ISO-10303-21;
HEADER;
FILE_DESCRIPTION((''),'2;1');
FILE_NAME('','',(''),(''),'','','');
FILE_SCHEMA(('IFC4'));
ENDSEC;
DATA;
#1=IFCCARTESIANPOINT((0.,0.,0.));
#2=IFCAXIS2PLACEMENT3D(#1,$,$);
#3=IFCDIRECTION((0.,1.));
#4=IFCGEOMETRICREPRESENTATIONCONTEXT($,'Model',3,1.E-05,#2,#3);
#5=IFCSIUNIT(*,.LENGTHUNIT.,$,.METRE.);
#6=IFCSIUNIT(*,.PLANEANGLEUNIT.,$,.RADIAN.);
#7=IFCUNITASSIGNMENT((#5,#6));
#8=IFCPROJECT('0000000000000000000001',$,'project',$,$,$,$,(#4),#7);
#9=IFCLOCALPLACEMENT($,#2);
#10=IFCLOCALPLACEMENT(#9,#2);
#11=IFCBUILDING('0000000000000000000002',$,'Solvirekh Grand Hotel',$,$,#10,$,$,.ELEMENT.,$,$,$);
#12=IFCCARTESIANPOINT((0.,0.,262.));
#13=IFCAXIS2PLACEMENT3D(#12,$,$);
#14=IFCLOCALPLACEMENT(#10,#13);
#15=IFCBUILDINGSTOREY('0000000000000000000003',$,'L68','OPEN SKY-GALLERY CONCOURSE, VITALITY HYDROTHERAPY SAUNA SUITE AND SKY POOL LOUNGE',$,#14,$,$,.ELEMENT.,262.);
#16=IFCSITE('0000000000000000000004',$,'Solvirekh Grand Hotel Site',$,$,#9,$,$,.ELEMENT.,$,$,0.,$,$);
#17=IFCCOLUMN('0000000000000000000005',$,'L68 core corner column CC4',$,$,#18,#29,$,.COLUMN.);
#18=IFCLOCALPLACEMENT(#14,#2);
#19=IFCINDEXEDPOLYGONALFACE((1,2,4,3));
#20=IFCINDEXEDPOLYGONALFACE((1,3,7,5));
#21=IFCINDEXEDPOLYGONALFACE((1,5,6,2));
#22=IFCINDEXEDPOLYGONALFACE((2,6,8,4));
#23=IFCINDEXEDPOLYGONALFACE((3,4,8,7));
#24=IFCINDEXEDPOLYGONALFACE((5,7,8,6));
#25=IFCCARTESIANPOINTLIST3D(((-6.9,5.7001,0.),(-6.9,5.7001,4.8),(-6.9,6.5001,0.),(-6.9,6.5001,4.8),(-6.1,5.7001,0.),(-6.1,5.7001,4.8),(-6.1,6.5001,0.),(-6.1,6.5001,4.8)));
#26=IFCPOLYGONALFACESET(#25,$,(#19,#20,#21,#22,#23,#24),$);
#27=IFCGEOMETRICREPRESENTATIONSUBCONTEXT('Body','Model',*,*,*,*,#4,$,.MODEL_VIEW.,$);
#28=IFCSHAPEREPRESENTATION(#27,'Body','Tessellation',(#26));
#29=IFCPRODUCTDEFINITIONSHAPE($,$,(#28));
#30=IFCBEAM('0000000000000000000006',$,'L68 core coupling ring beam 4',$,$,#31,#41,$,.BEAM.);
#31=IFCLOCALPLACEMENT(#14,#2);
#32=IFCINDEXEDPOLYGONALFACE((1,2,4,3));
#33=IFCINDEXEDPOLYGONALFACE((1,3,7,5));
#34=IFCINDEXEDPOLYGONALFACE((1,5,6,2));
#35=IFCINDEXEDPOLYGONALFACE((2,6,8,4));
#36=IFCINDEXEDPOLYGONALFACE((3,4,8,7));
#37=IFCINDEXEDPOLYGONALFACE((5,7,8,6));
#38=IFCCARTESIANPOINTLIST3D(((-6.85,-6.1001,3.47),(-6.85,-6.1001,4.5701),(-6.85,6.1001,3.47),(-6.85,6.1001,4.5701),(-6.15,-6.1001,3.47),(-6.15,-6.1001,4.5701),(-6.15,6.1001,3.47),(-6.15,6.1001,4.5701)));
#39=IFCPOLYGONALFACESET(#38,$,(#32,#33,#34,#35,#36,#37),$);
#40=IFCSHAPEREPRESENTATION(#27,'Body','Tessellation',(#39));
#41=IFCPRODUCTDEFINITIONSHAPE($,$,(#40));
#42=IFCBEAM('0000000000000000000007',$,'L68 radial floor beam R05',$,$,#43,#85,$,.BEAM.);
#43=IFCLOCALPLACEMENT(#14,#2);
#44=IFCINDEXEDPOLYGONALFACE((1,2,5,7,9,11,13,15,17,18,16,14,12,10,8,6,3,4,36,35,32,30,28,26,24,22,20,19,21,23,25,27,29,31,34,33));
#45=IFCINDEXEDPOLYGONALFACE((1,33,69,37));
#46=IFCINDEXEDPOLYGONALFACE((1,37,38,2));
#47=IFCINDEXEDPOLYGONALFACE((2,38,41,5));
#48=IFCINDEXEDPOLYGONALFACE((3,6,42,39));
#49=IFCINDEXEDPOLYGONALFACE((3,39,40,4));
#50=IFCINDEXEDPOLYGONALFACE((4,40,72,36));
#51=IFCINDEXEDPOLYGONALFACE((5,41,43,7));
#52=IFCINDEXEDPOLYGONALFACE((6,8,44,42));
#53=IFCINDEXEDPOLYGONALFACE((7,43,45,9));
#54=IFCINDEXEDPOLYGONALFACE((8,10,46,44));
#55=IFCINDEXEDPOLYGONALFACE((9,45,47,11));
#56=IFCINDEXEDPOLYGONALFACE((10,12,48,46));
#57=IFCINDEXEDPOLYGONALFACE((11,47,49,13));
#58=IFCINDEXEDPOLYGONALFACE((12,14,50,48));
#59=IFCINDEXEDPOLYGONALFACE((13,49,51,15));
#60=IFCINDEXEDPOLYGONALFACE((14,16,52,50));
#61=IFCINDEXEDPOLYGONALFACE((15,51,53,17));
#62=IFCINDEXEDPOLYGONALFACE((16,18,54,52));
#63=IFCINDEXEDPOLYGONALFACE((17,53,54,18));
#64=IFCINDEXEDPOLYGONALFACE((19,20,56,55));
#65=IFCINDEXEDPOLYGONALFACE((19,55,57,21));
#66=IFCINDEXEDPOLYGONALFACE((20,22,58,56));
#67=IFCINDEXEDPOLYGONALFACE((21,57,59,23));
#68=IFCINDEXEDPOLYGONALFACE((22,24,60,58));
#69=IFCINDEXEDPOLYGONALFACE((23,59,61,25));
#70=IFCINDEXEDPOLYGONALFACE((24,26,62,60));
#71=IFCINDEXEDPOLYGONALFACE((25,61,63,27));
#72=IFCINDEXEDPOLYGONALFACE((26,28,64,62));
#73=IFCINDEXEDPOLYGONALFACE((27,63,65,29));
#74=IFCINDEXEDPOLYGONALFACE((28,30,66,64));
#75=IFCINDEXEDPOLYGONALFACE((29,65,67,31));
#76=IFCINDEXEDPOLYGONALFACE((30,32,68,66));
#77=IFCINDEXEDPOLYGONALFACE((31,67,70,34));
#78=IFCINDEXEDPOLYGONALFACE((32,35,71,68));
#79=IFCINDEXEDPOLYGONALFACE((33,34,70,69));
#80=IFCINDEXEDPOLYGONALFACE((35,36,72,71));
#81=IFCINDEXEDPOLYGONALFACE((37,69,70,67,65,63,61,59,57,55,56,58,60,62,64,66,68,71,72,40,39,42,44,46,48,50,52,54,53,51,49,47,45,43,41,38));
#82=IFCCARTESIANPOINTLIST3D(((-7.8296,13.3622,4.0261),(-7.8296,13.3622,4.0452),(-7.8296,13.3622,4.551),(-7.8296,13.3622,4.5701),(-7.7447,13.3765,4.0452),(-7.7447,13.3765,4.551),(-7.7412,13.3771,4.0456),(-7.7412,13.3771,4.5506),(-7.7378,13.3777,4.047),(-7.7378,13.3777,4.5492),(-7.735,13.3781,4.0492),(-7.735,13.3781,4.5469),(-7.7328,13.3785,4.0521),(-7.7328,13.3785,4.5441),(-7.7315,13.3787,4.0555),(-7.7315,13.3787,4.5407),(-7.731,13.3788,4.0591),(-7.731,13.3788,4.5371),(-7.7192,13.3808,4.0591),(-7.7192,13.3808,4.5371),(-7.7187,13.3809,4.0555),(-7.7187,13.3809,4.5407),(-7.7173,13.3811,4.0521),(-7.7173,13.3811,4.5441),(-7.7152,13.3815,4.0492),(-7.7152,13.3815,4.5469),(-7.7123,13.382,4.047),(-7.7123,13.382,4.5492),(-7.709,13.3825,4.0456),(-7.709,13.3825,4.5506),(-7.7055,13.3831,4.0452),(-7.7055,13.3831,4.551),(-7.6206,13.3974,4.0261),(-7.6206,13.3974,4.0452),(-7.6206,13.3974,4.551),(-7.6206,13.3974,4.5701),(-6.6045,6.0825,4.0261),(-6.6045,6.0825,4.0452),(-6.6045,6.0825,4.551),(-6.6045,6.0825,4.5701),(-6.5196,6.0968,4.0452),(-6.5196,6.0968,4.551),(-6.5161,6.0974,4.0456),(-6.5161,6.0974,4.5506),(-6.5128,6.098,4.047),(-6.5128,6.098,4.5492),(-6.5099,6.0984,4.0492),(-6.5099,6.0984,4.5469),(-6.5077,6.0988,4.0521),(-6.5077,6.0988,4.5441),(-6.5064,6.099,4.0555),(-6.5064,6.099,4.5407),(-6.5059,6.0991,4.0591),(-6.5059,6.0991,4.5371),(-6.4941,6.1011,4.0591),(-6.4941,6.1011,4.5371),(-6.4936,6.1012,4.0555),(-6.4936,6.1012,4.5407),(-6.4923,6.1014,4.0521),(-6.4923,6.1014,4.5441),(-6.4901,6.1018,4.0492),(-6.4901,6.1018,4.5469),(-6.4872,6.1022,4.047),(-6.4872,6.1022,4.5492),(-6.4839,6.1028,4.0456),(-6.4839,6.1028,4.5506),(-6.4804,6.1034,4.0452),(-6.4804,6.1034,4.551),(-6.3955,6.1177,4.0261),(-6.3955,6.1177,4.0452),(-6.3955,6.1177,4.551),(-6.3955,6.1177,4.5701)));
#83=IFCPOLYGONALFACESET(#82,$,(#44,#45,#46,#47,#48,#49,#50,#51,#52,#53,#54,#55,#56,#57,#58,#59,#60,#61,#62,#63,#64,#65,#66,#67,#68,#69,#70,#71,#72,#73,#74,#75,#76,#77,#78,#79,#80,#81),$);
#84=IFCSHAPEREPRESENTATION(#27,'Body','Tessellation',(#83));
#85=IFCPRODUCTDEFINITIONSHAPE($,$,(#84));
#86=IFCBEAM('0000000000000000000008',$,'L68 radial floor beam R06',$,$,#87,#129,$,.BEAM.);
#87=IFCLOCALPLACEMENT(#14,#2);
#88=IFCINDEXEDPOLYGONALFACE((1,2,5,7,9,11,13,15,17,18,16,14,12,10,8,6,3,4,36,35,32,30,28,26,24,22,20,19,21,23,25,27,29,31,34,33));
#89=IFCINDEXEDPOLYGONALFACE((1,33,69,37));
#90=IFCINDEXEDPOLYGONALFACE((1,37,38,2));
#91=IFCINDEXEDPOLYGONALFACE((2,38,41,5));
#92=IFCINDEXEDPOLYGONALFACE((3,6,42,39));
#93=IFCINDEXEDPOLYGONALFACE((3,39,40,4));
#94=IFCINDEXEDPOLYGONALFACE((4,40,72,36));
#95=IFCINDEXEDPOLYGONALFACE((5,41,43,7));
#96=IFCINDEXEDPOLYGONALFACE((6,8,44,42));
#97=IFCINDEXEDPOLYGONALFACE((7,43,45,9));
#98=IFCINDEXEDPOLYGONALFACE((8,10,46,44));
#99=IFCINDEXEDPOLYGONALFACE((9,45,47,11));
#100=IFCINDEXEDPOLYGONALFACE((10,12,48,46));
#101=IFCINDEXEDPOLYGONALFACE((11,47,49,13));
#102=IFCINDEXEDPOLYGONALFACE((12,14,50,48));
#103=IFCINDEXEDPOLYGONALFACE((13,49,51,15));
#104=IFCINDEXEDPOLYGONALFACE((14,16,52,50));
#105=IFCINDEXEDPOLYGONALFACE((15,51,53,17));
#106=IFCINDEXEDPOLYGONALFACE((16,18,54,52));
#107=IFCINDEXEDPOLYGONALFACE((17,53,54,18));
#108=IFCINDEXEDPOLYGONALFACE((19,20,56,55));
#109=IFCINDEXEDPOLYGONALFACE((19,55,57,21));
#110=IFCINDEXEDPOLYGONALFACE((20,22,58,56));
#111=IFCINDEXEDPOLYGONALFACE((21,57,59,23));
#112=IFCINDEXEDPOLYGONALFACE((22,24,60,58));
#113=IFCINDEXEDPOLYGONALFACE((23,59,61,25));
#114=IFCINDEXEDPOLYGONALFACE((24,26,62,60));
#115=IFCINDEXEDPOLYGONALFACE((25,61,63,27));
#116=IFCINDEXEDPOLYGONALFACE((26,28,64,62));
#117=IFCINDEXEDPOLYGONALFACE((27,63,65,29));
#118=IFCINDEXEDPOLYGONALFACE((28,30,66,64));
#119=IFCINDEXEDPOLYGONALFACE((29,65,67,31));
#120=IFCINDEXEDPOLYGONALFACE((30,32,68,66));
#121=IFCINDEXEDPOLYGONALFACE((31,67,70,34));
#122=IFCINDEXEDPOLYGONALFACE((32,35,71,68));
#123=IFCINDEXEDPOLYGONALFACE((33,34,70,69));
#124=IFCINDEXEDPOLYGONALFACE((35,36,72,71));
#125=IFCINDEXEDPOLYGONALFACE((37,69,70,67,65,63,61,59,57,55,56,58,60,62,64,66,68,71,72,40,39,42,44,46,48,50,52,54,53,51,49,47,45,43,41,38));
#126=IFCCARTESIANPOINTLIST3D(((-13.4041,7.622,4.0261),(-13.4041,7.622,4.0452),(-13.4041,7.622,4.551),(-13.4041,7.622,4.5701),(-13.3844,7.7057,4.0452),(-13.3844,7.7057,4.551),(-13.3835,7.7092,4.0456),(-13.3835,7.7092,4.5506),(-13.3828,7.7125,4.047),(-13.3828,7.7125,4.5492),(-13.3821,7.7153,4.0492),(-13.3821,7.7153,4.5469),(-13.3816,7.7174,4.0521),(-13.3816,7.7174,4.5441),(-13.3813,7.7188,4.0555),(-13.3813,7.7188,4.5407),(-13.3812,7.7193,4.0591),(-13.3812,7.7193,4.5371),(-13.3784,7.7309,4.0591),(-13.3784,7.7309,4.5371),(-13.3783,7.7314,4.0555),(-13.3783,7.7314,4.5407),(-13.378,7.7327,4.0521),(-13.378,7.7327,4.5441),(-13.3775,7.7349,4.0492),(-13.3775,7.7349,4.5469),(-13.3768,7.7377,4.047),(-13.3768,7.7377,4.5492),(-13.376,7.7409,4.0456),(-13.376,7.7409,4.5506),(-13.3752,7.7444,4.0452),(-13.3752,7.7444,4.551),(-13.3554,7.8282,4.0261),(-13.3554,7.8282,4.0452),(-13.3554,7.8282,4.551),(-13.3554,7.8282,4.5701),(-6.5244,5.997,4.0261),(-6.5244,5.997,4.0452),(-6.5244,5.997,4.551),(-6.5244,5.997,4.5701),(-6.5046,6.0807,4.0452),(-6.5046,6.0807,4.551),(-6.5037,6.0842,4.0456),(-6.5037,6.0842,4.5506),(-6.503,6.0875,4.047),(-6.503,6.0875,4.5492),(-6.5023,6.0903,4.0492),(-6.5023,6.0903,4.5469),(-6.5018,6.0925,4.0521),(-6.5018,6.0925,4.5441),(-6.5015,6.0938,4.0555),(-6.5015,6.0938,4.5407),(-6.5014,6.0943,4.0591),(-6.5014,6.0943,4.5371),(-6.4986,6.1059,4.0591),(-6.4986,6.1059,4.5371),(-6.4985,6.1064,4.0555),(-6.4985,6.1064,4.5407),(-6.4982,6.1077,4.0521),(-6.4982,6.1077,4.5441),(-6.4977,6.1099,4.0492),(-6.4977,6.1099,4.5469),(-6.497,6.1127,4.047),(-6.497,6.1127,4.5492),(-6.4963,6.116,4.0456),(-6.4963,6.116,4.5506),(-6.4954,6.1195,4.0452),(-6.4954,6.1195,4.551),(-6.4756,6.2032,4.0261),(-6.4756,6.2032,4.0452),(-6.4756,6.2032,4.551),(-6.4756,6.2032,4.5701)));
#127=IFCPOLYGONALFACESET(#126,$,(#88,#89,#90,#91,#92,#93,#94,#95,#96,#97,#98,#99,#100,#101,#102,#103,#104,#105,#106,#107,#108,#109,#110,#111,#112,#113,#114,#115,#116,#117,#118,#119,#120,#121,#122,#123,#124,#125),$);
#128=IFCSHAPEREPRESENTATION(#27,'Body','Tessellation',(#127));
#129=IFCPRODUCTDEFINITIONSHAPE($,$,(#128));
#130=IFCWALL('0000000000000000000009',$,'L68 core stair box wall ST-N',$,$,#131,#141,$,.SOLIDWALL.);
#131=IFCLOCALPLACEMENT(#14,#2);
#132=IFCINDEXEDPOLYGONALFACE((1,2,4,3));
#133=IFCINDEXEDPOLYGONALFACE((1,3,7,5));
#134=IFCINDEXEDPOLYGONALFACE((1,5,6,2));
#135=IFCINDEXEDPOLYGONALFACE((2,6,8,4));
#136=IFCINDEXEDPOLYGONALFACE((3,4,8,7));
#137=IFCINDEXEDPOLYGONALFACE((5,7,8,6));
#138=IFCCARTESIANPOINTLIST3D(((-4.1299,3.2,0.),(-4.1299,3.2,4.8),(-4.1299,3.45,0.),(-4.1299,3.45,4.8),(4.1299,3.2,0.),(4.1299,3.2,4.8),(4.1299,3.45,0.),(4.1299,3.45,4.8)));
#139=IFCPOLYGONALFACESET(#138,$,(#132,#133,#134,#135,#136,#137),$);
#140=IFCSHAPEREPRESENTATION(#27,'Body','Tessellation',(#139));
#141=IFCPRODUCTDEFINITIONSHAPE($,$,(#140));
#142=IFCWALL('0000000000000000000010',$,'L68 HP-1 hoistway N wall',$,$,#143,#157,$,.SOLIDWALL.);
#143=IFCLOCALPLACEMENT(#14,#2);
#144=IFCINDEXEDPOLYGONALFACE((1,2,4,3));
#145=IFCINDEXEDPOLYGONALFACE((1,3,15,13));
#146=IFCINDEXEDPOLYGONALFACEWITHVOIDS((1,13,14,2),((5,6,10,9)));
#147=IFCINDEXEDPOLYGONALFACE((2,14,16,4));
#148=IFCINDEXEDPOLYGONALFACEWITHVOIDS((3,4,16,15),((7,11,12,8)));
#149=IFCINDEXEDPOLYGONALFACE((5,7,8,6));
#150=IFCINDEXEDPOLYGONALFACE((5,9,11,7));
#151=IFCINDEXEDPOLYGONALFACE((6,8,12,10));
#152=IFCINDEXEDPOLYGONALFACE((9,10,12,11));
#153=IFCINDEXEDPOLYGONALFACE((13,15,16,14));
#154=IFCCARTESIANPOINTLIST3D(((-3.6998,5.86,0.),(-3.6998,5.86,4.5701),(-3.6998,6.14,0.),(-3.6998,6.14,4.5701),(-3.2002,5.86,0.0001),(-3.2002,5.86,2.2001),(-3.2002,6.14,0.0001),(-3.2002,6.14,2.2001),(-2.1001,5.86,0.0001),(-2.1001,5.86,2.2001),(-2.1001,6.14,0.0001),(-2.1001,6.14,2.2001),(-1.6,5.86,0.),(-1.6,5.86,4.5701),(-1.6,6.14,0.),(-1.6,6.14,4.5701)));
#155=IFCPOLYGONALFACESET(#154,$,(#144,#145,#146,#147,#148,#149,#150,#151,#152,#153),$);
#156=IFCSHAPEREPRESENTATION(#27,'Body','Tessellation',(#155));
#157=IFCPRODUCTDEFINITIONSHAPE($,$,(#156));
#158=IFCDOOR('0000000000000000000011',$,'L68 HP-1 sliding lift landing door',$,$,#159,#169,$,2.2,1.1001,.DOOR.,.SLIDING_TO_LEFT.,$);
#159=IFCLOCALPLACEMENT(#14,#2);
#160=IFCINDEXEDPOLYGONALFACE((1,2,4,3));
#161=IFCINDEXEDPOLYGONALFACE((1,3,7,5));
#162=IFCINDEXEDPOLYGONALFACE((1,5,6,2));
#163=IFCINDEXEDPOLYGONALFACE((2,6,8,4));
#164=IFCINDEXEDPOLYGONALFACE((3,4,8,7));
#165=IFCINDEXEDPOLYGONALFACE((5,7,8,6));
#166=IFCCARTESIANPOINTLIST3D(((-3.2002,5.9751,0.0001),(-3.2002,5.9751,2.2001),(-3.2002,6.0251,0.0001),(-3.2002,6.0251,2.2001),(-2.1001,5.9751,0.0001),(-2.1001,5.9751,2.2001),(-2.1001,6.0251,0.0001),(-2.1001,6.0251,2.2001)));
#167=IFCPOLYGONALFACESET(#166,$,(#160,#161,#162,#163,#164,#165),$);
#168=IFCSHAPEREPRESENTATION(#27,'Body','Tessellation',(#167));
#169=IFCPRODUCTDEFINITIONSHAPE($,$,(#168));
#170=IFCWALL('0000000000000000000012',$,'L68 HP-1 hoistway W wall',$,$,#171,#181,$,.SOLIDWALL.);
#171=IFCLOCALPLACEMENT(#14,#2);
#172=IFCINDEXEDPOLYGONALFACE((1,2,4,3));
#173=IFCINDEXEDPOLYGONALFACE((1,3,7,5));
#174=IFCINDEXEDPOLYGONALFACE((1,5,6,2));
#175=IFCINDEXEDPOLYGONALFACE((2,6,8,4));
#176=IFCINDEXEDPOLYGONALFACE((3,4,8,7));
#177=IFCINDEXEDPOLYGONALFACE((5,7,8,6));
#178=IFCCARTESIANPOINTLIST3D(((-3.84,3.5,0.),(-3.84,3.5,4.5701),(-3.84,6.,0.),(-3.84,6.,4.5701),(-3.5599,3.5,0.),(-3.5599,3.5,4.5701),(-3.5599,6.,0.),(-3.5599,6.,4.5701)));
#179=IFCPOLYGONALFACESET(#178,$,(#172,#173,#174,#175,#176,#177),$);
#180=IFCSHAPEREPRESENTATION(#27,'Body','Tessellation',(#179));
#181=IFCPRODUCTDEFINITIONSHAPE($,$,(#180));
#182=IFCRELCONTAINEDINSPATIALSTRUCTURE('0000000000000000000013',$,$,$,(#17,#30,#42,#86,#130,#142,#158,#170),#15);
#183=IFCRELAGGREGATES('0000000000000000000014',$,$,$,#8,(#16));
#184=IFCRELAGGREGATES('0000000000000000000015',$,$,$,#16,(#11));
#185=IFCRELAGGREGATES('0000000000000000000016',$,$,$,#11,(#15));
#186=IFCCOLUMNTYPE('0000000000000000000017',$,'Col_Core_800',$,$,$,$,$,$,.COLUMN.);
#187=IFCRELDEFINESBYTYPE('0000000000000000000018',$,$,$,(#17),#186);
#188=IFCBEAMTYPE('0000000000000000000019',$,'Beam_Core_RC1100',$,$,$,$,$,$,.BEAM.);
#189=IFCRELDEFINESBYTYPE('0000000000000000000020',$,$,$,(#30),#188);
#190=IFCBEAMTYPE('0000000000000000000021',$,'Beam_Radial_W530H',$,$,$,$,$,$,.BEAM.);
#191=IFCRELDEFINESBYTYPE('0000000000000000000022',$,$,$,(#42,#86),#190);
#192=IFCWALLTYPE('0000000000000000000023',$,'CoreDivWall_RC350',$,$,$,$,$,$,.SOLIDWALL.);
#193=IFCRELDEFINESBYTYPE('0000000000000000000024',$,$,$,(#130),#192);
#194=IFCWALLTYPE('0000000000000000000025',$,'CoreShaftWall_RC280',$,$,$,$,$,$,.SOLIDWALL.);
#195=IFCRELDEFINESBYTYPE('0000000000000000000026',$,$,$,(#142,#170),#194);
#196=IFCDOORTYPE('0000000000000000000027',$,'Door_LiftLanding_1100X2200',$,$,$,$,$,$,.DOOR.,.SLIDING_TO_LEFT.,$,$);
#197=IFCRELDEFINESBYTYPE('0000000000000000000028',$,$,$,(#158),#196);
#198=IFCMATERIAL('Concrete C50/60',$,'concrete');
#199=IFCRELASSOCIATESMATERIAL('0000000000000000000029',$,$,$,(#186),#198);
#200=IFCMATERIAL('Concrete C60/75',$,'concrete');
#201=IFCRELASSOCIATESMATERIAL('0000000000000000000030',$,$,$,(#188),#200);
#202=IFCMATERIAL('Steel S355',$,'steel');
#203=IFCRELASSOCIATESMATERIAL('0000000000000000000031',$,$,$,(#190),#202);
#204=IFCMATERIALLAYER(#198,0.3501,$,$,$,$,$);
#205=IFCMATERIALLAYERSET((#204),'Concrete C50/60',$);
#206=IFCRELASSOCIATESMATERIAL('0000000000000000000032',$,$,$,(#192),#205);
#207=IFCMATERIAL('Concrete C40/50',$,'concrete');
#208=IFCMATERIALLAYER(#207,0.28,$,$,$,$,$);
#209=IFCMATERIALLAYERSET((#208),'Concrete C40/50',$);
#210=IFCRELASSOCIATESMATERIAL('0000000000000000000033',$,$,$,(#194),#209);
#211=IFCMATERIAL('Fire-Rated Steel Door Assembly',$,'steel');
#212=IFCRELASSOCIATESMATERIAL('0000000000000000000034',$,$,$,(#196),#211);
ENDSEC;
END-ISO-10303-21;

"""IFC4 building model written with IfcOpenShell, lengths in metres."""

from ifc_helpers import new_model, si_unit, direction, frame, frame_2d, origin, origin_2d, place, context, subcontext, project, spatial, rectangle, i_section, extrude, material, layer, layer_set, material_profile, profile_set, type_object, element, fill, save


model = new_model("IFC4")

# Units and contexts
model_context = context("Model", 3, precision=1e-05, world=origin(), true_north=direction((0.0, 1.0)))
body_context = subcontext(model_context, "Body", "Model", "MODEL_VIEW")
ifc_project = project(units=[si_unit("LENGTHUNIT", "METRE"), si_unit("PLANEANGLEUNIT", "RADIAN")], contexts=[model_context])

# Site, building, storey
site_placement = place(None, origin())
site = spatial("IfcSite", under=ifc_project, at=site_placement, Name="Solvirekh Grand Hotel Site", CompositionType="ELEMENT", RefElevation=0.0)
building_placement = place(site_placement, origin())
building = spatial("IfcBuilding", under=site, at=building_placement, Name="Solvirekh Grand Hotel", CompositionType="ELEMENT")
storey_placement = place(building_placement, frame((0.0, 0.0, 262.0)))
storey = spatial("IfcBuildingStorey", under=building, at=storey_placement, Name="L68", Description="OPEN SKY-GALLERY CONCOURSE, VITALITY HYDROTHERAPY SAUNA SUITE AND SKY POOL LOUNGE", CompositionType="ELEMENT", Elevation=262.0)

# Column
ifc_material_1 = material(Name="Concrete C50/60", Category="concrete")
ifc_material_profile_1 = material_profile(ifc_material_1, rectangle(XDim=0.8, YDim=0.8, at=origin_2d()), Name="RC 800X800")
ifc_profile_set_1 = profile_set([ifc_material_profile_1], Name="Concrete C50/60")
column_type = type_object("IfcColumnType", Name="Col_Core_800", PredefinedType="COLUMN", material=ifc_profile_set_1)
column_placement = place(storey_placement, frame((-6.5, 6.1001, 0.0), z_axis=(0.0, 0.0, 1.0), x_axis=(1.0, 0.0, 0.0)))
element("IfcColumn", 1, at=column_placement, inside=storey, type_object=column_type, Name="L68 core corner column CC4", PredefinedType="COLUMN", context=body_context, shape_type="SweptSolid", body=[
    extrude(rectangle(XDim=0.8, YDim=0.8, at=origin_2d()), origin(), (0.0, 0.0, 1.0), 4.8),
])

# Beams
ifc_material_2 = material(Name="Concrete C60/75", Category="concrete")
ifc_material_profile_2 = material_profile(ifc_material_2, rectangle(XDim=0.7, YDim=1.1001, at=origin_2d()), Name="RC BEAM 700X1100")
ifc_profile_set_2 = profile_set([ifc_material_profile_2], Name="Concrete C60/75")
beam_type_1 = type_object("IfcBeamType", Name="Beam_Core_RC1100", PredefinedType="BEAM", material=ifc_profile_set_2)
beam_1_placement = place(storey_placement, frame((-6.5, 6.1001, 4.02), z_axis=(0.0, -1.0, 0.0), x_axis=(1.0, 0.0, 0.0)))
element("IfcBeam", 2, at=beam_1_placement, inside=storey, type_object=beam_type_1, Name="L68 core coupling ring beam 4", PredefinedType="BEAM", context=body_context, shape_type="SweptSolid", body=[
    extrude(rectangle(XDim=0.7, YDim=1.1001, at=origin_2d()), origin(), (0.0, 0.0, 1.0), 12.2002),
])
ifc_material_3 = material(Name="Steel S355", Category="steel")
ifc_material_profile_3 = material_profile(ifc_material_3, i_section(OverallWidth=0.2119, OverallDepth=0.5439, WebThickness=0.012, FlangeThickness=0.019, FilletRadius=0.0139, at=origin_2d()), Name="W530X123")
ifc_profile_set_3 = profile_set([ifc_material_profile_3], Name="Steel S355")
beam_type_2 = type_object("IfcBeamType", Name="Beam_Radial_W530H", PredefinedType="BEAM", material=ifc_profile_set_3)
beam_2_placement = place(storey_placement, frame((-6.5, 6.1001, 4.2981), z_axis=(-0.165954, 0.986133, 0.0), x_axis=(-0.986133, -0.165954, 0.0)))
element("IfcBeam", 3, at=beam_2_placement, inside=storey, type_object=beam_type_2, Name="L68 radial floor beam R05", PredefinedType="BEAM", context=body_context, shape_type="SweptSolid", body=[
    extrude(i_section(OverallWidth=0.2119, OverallDepth=0.5439, WebThickness=0.012, FlangeThickness=0.019, FilletRadius=0.0139, at=origin_2d()), origin(), (0.0, 0.0, 1.0), 7.3821),
])
beam_3_placement = place(storey_placement, frame((-6.5, 6.1001, 4.2981), z_axis=(-0.973221, 0.229871, 0.0), x_axis=(-0.229871, -0.973221, 0.0)))
element("IfcBeam", 4, at=beam_3_placement, inside=storey, type_object=beam_type_2, Name="L68 radial floor beam R06", PredefinedType="BEAM", context=body_context, shape_type="SweptSolid", body=[
    extrude(i_section(OverallWidth=0.2119, OverallDepth=0.5439, WebThickness=0.012, FlangeThickness=0.019, FilletRadius=0.0139, at=origin_2d()), origin(), (0.0, 0.0, 1.0), 7.0691),
])

# Wall
ifc_layer_1 = layer(ifc_material_1, 0.3501)
ifc_layer_set_1 = layer_set([ifc_layer_1], Name="Concrete C50/60")
wall_type_1 = type_object("IfcWallType", Name="CoreDivWall_RC350", PredefinedType="SOLIDWALL", material=ifc_layer_set_1)
wall_1_placement = place(storey_placement, frame((-4.1299, 3.325, 0.0), z_axis=(0.0, 0.0, 1.0), x_axis=(1.0, 0.0, 0.0)))
element("IfcWall", 5, at=wall_1_placement, inside=storey, type_object=wall_type_1, Name="L68 core stair box wall ST-N", PredefinedType="SOLIDWALL", context=body_context, shape_type="SweptSolid", body=[
    extrude(rectangle(XDim=8.2598, YDim=0.25, at=frame_2d((4.1299, 0.0))), origin(), (0.0, 0.0, 1.0), 4.8),
])

# Wall, opening, door
ifc_material_4 = material(Name="Concrete C40/50", Category="concrete")
ifc_layer_2 = layer(ifc_material_4, 0.28)
ifc_layer_set_2 = layer_set([ifc_layer_2], Name="Concrete C40/50")
wall_type_2 = type_object("IfcWallType", Name="CoreShaftWall_RC280", PredefinedType="SOLIDWALL", material=ifc_layer_set_2)
wall_2_placement = place(storey_placement, frame((-1.6001, 6.0, 0.0), z_axis=(0.0, 0.0, 1.0), x_axis=(-1.0, 0.0, 0.0)))
wall_2 = element("IfcWall", 6, at=wall_2_placement, inside=storey, type_object=wall_type_2, Name="L68 HP-1 hoistway N wall", PredefinedType="SOLIDWALL", context=body_context, shape_type="SweptSolid", body=[
    extrude(rectangle(XDim=2.0999, YDim=0.28, at=frame_2d((1.0498, 0.0))), origin(), (0.0, 0.0, 1.0), 4.5701),
])
opening_1_placement = place(wall_2_placement, frame((0.5, 0.0, 0.0)))
opening_1 = element("IfcOpeningElement", 7, at=opening_1_placement, cuts=wall_2, PredefinedType="OPENING", context=body_context, shape_type="SweptSolid", body=[
    extrude(rectangle(XDim=1.1001, YDim=2.2, at=frame_2d((0.55, 1.1001))), frame((0.0, 0.1499, 0.0), z_axis=(0.0, -1.0, 0.0), x_axis=(1.0, 0.0, 0.0)), (0.0, 0.0, 1.0), 0.3),
])
ifc_material_5 = material(Name="Fire-Rated Steel Door Assembly", Category="steel")
door_type_1 = type_object("IfcDoorType", Name="Door_LiftLanding_1100X2200", OperationType="SLIDING_TO_LEFT", PredefinedType="DOOR", material=ifc_material_5)
door_1_placement = place(opening_1_placement, origin())
door_1 = element("IfcDoor", 8, at=door_1_placement, inside=storey, type_object=door_type_1, Name="L68 HP-1 sliding lift landing door", OperationType="SLIDING_TO_LEFT", OverallHeight=2.2, OverallWidth=1.1001, PredefinedType="DOOR", context=body_context, shape_type="SweptSolid", body=[
    extrude(rectangle(XDim=1.1001, YDim=2.2, at=frame_2d((0.55, 1.1001))), frame((0.0, 0.0249, 0.0), z_axis=(0.0, -1.0, 0.0), x_axis=(1.0, 0.0, 0.0)), (0.0, 0.0, 1.0), 0.05),
])
fill(opening_1, door_1)

# Wall
for number, where, z_axis, x_axis, name in (
    (9, (-3.7, 6.0, 0.0), (0.0, 0.0, 1.0), (0.0, -1.0, 0.0), "L68 HP-1 hoistway W wall"),
):
    element("IfcWall", number, at=place(storey_placement, frame(where, z_axis=z_axis, x_axis=x_axis)), inside=storey, type_object=wall_type_2, Name=name, PredefinedType="SOLIDWALL", context=body_context, shape_type="SweptSolid", body=[
        extrude(rectangle(XDim=2.5, YDim=0.28, at=frame_2d((1.25, 0.0))), origin(), (0.0, 0.0, 1.0), 4.5701),
    ])

save(model, "model.ifc")
